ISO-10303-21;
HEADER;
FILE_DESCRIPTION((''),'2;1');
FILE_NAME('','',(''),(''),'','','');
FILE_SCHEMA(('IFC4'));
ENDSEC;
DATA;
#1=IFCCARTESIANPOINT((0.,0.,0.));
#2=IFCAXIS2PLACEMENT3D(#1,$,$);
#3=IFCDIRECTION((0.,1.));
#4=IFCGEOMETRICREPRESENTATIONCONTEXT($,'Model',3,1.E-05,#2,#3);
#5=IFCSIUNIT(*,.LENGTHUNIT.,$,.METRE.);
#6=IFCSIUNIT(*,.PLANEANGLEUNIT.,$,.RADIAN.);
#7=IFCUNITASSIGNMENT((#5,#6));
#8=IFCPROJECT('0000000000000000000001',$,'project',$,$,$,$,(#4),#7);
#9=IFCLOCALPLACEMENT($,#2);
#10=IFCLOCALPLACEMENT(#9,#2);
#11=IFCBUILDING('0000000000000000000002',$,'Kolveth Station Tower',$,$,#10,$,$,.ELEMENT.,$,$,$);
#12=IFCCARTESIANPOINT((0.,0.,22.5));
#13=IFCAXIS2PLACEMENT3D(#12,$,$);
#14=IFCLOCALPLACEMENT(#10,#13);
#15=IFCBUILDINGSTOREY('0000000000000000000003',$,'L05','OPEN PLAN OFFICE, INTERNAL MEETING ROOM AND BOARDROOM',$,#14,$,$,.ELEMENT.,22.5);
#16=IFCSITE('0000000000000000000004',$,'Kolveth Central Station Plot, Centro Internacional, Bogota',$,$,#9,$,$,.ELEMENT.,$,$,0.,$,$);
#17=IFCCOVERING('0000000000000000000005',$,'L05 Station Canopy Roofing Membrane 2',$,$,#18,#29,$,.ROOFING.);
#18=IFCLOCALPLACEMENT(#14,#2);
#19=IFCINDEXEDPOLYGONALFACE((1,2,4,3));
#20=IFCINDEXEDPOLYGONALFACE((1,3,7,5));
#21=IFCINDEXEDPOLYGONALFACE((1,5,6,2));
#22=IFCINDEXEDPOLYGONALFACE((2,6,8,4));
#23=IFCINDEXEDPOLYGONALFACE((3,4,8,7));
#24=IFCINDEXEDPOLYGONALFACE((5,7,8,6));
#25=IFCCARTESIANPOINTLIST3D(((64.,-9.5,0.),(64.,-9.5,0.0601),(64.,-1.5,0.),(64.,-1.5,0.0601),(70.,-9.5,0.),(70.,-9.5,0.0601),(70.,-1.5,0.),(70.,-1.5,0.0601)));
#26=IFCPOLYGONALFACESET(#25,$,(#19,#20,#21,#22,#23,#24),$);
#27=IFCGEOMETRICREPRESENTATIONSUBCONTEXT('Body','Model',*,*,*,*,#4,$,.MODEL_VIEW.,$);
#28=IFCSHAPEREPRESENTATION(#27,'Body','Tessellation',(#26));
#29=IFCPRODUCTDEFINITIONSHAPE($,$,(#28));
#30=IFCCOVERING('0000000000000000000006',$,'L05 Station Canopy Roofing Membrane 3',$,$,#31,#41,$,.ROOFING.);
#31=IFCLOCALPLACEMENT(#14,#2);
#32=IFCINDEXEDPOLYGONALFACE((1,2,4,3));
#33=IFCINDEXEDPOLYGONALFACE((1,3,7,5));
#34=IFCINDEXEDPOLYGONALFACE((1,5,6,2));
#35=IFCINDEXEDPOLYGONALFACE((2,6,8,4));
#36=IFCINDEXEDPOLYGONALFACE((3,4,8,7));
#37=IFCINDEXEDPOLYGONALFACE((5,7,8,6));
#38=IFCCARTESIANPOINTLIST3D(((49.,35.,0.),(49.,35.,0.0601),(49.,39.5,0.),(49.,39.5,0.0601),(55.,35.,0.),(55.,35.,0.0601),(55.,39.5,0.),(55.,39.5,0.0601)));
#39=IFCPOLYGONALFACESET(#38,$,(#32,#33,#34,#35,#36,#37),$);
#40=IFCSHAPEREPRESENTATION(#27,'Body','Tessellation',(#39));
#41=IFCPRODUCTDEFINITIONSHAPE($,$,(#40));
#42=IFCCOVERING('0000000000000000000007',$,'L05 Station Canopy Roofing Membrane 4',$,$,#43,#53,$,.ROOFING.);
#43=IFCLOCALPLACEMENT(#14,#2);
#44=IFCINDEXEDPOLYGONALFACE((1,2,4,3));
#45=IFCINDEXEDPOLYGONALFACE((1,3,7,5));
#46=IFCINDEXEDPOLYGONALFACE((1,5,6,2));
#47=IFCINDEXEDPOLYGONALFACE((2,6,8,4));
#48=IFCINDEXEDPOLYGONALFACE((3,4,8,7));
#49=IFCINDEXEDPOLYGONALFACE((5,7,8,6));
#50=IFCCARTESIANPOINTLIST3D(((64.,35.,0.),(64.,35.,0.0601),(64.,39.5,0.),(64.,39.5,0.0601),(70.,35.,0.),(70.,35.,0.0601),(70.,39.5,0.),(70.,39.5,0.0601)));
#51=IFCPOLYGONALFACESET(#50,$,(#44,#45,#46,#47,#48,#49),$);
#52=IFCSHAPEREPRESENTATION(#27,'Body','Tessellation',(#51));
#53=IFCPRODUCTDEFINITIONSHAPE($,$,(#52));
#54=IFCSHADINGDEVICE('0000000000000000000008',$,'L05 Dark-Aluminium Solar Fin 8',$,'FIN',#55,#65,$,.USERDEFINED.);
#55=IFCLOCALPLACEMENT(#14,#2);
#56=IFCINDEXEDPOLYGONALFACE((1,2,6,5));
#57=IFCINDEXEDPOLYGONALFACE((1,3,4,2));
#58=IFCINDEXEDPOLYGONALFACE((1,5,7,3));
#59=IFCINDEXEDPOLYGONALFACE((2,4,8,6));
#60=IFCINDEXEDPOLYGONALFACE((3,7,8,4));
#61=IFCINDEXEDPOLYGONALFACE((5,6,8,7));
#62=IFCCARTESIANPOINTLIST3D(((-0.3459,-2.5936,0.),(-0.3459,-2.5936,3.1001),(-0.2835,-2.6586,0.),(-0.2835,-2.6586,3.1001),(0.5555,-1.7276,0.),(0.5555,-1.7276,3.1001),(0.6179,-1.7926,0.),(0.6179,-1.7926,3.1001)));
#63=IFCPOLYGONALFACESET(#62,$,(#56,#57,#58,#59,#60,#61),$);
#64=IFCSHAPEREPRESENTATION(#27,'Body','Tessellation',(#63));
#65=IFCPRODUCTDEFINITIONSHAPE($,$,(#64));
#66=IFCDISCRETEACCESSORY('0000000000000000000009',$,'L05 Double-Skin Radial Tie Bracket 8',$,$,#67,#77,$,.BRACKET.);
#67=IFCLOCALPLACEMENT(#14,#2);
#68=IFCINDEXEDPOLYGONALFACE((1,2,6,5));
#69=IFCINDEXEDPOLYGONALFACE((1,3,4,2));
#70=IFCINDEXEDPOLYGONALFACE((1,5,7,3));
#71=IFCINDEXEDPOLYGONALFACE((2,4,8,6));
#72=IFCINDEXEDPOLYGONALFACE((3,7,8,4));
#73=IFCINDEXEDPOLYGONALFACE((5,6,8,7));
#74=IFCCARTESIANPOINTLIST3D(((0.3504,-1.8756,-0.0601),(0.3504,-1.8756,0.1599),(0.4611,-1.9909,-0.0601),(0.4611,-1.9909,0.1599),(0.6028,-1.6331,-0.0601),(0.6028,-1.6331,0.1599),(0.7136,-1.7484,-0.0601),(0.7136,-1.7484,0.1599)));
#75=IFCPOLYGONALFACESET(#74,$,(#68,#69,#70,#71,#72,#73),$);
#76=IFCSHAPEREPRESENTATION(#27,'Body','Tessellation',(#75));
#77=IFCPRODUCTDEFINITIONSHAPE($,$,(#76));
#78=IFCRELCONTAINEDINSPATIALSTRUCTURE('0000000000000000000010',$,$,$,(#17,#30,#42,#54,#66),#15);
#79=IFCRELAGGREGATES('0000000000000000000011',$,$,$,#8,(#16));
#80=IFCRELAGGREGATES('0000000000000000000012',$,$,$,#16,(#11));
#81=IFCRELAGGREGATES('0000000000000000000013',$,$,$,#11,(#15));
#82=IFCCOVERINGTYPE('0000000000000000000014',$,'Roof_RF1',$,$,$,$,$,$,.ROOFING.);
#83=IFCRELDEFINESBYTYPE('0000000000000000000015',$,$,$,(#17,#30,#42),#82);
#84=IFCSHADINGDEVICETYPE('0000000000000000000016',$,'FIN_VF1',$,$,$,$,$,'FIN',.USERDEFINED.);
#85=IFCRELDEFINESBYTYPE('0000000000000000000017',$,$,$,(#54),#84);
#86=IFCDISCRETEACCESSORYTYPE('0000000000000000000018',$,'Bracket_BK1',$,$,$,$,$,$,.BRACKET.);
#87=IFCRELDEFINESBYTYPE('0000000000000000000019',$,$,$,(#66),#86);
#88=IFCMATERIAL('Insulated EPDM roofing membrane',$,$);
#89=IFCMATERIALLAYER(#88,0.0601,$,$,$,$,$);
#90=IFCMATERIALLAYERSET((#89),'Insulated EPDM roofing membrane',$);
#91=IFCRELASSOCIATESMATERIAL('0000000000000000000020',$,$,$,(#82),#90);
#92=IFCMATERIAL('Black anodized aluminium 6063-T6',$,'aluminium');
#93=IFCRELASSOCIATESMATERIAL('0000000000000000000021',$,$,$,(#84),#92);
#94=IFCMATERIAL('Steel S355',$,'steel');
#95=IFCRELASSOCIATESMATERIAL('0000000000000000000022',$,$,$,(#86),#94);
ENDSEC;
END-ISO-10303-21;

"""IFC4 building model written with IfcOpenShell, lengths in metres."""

from ifc_helpers import new_model, si_unit, direction, frame, origin, origin_2d, place, context, subcontext, project, spatial, polyline, rectangle, outline, extrude, source, transform, mapped, material, layer, layer_set, type_object, element, save


model = new_model("IFC4")

# Units and contexts
model_context = context("Model", 3, precision=1e-05, world=origin(), true_north=direction((0.0, 1.0)))
body_context = subcontext(model_context, "Body", "Model", "MODEL_VIEW")
ifc_project = project(units=[si_unit("LENGTHUNIT", "METRE"), si_unit("PLANEANGLEUNIT", "RADIAN")], contexts=[model_context])

# Site, building, storey
site_placement = place(None, origin())
site = spatial("IfcSite", under=ifc_project, at=site_placement, Name="Kolveth Central Station Plot, Centro Internacional, Bogota", CompositionType="ELEMENT", RefElevation=0.0)
building_placement = place(site_placement, origin())
building = spatial("IfcBuilding", under=site, at=building_placement, Name="Kolveth Station Tower", CompositionType="ELEMENT")
storey_placement = place(building_placement, frame((0.0, 0.0, 22.5)))
storey = spatial("IfcBuildingStorey", under=building, at=storey_placement, Name="L05", Description="OPEN PLAN OFFICE, INTERNAL MEETING ROOM AND BOARDROOM", CompositionType="ELEMENT", Elevation=22.5)

# Shared definitions
ifc_material_1 = material(Name="Steel S355", Category="steel")

# Shared definitions
ifc_material_2 = material(Name="Black anodized aluminium 6063-T6", Category="aluminium")

# Coverings
ifc_material_3 = material(Name="Insulated EPDM roofing membrane")
ifc_layer_1 = layer(ifc_material_3, 0.0601)
ifc_layer_set_1 = layer_set([ifc_layer_1], Name="Insulated EPDM roofing membrane")
covering_type_1 = type_object("IfcCoveringType", Name="Roof_RF1", PredefinedType="ROOFING", material=ifc_layer_set_1)
covering_1_placement = place(storey_placement, origin())
element("IfcCovering", 1, at=covering_1_placement, inside=storey, type_object=covering_type_1, Name="L05 Station Canopy Roofing Membrane 2", PredefinedType="ROOFING", context=body_context, shape_type="SweptSolid", body=[
    extrude(outline(polyline([(64.0, -9.5), (70.0, -9.5), (70.0, -1.5), (64.0, -1.5), (64.0, -9.5)])), origin(), (0.0, 0.0, 1.0), 0.0601),
])
covering_2_placement = place(storey_placement, origin())
element("IfcCovering", 2, at=covering_2_placement, inside=storey, type_object=covering_type_1, Name="L05 Station Canopy Roofing Membrane 3", PredefinedType="ROOFING", context=body_context, shape_type="SweptSolid", body=[
    extrude(outline(polyline([(49.0, 35.0), (55.0, 35.0), (55.0, 39.5), (49.0, 39.5), (49.0, 35.0)])), origin(), (0.0, 0.0, 1.0), 0.0601),
])
covering_3_placement = place(storey_placement, origin())
element("IfcCovering", 3, at=covering_3_placement, inside=storey, type_object=covering_type_1, Name="L05 Station Canopy Roofing Membrane 4", PredefinedType="ROOFING", context=body_context, shape_type="SweptSolid", body=[
    extrude(outline(polyline([(64.0, 35.0), (70.0, 35.0), (70.0, 39.5), (64.0, 39.5), (64.0, 35.0)])), origin(), (0.0, 0.0, 1.0), 0.0601),
])

# Shading device
shading_device_type = type_object("IfcShadingDeviceType", Name="FIN_VF1", ElementType="FIN", PredefinedType="USERDEFINED", material=ifc_material_2)
shared_shape_1 = source(origin(), body_context, "Body", "SweptSolid", [
    extrude(rectangle(XDim=1.25, YDim=0.0901, at=origin_2d()), origin(), (0.0, 0.0, 1.0), 3.1001),
])
shading_device_placement = place(storey_placement, frame((0.136, -2.1931, 0.0), z_axis=(0.0, 0.0, 1.0), x_axis=(-0.721156, -0.692773, 0.0)))
element("IfcShadingDevice", 4, at=shading_device_placement, inside=storey, type_object=shading_device_type, Name="L05 Dark-Aluminium Solar Fin 8", ObjectType="FIN", PredefinedType="USERDEFINED", context=body_context, shape_type="MappedRepresentation", body=[
    mapped(shared_shape_1, transform((0.0, 0.0, 0.0), x_axis=(1.0, 0.0, 0.0), y_axis=(0.0, 1.0, 0.0), z_axis=(0.0, 0.0, 1.0), scale=1.0)),
])

# Discrete accessory
discrete_accessory_type = type_object("IfcDiscreteAccessoryType", Name="Bracket_BK1", PredefinedType="BRACKET", material=ifc_material_1)
shared_shape_2 = source(origin(), body_context, "Body", "SweptSolid", [
    extrude(rectangle(XDim=0.3501, YDim=0.1599, at=origin_2d()), origin(), (0.0, 0.0, 1.0), 0.22),
])
discrete_accessory_placement = place(storey_placement, frame((0.532, -1.812, -0.0601), z_axis=(0.0, 0.0, 1.0), x_axis=(-0.721156, -0.692773, 0.0)))
element("IfcDiscreteAccessory", 5, at=discrete_accessory_placement, inside=storey, type_object=discrete_accessory_type, Name="L05 Double-Skin Radial Tie Bracket 8", PredefinedType="BRACKET", context=body_context, shape_type="MappedRepresentation", body=[
    mapped(shared_shape_2, transform((0.0, 0.0, 0.0), x_axis=(1.0, 0.0, 0.0), y_axis=(0.0, 1.0, 0.0), z_axis=(0.0, 0.0, 1.0), scale=1.0)),
])

save(model, "model.ifc")
